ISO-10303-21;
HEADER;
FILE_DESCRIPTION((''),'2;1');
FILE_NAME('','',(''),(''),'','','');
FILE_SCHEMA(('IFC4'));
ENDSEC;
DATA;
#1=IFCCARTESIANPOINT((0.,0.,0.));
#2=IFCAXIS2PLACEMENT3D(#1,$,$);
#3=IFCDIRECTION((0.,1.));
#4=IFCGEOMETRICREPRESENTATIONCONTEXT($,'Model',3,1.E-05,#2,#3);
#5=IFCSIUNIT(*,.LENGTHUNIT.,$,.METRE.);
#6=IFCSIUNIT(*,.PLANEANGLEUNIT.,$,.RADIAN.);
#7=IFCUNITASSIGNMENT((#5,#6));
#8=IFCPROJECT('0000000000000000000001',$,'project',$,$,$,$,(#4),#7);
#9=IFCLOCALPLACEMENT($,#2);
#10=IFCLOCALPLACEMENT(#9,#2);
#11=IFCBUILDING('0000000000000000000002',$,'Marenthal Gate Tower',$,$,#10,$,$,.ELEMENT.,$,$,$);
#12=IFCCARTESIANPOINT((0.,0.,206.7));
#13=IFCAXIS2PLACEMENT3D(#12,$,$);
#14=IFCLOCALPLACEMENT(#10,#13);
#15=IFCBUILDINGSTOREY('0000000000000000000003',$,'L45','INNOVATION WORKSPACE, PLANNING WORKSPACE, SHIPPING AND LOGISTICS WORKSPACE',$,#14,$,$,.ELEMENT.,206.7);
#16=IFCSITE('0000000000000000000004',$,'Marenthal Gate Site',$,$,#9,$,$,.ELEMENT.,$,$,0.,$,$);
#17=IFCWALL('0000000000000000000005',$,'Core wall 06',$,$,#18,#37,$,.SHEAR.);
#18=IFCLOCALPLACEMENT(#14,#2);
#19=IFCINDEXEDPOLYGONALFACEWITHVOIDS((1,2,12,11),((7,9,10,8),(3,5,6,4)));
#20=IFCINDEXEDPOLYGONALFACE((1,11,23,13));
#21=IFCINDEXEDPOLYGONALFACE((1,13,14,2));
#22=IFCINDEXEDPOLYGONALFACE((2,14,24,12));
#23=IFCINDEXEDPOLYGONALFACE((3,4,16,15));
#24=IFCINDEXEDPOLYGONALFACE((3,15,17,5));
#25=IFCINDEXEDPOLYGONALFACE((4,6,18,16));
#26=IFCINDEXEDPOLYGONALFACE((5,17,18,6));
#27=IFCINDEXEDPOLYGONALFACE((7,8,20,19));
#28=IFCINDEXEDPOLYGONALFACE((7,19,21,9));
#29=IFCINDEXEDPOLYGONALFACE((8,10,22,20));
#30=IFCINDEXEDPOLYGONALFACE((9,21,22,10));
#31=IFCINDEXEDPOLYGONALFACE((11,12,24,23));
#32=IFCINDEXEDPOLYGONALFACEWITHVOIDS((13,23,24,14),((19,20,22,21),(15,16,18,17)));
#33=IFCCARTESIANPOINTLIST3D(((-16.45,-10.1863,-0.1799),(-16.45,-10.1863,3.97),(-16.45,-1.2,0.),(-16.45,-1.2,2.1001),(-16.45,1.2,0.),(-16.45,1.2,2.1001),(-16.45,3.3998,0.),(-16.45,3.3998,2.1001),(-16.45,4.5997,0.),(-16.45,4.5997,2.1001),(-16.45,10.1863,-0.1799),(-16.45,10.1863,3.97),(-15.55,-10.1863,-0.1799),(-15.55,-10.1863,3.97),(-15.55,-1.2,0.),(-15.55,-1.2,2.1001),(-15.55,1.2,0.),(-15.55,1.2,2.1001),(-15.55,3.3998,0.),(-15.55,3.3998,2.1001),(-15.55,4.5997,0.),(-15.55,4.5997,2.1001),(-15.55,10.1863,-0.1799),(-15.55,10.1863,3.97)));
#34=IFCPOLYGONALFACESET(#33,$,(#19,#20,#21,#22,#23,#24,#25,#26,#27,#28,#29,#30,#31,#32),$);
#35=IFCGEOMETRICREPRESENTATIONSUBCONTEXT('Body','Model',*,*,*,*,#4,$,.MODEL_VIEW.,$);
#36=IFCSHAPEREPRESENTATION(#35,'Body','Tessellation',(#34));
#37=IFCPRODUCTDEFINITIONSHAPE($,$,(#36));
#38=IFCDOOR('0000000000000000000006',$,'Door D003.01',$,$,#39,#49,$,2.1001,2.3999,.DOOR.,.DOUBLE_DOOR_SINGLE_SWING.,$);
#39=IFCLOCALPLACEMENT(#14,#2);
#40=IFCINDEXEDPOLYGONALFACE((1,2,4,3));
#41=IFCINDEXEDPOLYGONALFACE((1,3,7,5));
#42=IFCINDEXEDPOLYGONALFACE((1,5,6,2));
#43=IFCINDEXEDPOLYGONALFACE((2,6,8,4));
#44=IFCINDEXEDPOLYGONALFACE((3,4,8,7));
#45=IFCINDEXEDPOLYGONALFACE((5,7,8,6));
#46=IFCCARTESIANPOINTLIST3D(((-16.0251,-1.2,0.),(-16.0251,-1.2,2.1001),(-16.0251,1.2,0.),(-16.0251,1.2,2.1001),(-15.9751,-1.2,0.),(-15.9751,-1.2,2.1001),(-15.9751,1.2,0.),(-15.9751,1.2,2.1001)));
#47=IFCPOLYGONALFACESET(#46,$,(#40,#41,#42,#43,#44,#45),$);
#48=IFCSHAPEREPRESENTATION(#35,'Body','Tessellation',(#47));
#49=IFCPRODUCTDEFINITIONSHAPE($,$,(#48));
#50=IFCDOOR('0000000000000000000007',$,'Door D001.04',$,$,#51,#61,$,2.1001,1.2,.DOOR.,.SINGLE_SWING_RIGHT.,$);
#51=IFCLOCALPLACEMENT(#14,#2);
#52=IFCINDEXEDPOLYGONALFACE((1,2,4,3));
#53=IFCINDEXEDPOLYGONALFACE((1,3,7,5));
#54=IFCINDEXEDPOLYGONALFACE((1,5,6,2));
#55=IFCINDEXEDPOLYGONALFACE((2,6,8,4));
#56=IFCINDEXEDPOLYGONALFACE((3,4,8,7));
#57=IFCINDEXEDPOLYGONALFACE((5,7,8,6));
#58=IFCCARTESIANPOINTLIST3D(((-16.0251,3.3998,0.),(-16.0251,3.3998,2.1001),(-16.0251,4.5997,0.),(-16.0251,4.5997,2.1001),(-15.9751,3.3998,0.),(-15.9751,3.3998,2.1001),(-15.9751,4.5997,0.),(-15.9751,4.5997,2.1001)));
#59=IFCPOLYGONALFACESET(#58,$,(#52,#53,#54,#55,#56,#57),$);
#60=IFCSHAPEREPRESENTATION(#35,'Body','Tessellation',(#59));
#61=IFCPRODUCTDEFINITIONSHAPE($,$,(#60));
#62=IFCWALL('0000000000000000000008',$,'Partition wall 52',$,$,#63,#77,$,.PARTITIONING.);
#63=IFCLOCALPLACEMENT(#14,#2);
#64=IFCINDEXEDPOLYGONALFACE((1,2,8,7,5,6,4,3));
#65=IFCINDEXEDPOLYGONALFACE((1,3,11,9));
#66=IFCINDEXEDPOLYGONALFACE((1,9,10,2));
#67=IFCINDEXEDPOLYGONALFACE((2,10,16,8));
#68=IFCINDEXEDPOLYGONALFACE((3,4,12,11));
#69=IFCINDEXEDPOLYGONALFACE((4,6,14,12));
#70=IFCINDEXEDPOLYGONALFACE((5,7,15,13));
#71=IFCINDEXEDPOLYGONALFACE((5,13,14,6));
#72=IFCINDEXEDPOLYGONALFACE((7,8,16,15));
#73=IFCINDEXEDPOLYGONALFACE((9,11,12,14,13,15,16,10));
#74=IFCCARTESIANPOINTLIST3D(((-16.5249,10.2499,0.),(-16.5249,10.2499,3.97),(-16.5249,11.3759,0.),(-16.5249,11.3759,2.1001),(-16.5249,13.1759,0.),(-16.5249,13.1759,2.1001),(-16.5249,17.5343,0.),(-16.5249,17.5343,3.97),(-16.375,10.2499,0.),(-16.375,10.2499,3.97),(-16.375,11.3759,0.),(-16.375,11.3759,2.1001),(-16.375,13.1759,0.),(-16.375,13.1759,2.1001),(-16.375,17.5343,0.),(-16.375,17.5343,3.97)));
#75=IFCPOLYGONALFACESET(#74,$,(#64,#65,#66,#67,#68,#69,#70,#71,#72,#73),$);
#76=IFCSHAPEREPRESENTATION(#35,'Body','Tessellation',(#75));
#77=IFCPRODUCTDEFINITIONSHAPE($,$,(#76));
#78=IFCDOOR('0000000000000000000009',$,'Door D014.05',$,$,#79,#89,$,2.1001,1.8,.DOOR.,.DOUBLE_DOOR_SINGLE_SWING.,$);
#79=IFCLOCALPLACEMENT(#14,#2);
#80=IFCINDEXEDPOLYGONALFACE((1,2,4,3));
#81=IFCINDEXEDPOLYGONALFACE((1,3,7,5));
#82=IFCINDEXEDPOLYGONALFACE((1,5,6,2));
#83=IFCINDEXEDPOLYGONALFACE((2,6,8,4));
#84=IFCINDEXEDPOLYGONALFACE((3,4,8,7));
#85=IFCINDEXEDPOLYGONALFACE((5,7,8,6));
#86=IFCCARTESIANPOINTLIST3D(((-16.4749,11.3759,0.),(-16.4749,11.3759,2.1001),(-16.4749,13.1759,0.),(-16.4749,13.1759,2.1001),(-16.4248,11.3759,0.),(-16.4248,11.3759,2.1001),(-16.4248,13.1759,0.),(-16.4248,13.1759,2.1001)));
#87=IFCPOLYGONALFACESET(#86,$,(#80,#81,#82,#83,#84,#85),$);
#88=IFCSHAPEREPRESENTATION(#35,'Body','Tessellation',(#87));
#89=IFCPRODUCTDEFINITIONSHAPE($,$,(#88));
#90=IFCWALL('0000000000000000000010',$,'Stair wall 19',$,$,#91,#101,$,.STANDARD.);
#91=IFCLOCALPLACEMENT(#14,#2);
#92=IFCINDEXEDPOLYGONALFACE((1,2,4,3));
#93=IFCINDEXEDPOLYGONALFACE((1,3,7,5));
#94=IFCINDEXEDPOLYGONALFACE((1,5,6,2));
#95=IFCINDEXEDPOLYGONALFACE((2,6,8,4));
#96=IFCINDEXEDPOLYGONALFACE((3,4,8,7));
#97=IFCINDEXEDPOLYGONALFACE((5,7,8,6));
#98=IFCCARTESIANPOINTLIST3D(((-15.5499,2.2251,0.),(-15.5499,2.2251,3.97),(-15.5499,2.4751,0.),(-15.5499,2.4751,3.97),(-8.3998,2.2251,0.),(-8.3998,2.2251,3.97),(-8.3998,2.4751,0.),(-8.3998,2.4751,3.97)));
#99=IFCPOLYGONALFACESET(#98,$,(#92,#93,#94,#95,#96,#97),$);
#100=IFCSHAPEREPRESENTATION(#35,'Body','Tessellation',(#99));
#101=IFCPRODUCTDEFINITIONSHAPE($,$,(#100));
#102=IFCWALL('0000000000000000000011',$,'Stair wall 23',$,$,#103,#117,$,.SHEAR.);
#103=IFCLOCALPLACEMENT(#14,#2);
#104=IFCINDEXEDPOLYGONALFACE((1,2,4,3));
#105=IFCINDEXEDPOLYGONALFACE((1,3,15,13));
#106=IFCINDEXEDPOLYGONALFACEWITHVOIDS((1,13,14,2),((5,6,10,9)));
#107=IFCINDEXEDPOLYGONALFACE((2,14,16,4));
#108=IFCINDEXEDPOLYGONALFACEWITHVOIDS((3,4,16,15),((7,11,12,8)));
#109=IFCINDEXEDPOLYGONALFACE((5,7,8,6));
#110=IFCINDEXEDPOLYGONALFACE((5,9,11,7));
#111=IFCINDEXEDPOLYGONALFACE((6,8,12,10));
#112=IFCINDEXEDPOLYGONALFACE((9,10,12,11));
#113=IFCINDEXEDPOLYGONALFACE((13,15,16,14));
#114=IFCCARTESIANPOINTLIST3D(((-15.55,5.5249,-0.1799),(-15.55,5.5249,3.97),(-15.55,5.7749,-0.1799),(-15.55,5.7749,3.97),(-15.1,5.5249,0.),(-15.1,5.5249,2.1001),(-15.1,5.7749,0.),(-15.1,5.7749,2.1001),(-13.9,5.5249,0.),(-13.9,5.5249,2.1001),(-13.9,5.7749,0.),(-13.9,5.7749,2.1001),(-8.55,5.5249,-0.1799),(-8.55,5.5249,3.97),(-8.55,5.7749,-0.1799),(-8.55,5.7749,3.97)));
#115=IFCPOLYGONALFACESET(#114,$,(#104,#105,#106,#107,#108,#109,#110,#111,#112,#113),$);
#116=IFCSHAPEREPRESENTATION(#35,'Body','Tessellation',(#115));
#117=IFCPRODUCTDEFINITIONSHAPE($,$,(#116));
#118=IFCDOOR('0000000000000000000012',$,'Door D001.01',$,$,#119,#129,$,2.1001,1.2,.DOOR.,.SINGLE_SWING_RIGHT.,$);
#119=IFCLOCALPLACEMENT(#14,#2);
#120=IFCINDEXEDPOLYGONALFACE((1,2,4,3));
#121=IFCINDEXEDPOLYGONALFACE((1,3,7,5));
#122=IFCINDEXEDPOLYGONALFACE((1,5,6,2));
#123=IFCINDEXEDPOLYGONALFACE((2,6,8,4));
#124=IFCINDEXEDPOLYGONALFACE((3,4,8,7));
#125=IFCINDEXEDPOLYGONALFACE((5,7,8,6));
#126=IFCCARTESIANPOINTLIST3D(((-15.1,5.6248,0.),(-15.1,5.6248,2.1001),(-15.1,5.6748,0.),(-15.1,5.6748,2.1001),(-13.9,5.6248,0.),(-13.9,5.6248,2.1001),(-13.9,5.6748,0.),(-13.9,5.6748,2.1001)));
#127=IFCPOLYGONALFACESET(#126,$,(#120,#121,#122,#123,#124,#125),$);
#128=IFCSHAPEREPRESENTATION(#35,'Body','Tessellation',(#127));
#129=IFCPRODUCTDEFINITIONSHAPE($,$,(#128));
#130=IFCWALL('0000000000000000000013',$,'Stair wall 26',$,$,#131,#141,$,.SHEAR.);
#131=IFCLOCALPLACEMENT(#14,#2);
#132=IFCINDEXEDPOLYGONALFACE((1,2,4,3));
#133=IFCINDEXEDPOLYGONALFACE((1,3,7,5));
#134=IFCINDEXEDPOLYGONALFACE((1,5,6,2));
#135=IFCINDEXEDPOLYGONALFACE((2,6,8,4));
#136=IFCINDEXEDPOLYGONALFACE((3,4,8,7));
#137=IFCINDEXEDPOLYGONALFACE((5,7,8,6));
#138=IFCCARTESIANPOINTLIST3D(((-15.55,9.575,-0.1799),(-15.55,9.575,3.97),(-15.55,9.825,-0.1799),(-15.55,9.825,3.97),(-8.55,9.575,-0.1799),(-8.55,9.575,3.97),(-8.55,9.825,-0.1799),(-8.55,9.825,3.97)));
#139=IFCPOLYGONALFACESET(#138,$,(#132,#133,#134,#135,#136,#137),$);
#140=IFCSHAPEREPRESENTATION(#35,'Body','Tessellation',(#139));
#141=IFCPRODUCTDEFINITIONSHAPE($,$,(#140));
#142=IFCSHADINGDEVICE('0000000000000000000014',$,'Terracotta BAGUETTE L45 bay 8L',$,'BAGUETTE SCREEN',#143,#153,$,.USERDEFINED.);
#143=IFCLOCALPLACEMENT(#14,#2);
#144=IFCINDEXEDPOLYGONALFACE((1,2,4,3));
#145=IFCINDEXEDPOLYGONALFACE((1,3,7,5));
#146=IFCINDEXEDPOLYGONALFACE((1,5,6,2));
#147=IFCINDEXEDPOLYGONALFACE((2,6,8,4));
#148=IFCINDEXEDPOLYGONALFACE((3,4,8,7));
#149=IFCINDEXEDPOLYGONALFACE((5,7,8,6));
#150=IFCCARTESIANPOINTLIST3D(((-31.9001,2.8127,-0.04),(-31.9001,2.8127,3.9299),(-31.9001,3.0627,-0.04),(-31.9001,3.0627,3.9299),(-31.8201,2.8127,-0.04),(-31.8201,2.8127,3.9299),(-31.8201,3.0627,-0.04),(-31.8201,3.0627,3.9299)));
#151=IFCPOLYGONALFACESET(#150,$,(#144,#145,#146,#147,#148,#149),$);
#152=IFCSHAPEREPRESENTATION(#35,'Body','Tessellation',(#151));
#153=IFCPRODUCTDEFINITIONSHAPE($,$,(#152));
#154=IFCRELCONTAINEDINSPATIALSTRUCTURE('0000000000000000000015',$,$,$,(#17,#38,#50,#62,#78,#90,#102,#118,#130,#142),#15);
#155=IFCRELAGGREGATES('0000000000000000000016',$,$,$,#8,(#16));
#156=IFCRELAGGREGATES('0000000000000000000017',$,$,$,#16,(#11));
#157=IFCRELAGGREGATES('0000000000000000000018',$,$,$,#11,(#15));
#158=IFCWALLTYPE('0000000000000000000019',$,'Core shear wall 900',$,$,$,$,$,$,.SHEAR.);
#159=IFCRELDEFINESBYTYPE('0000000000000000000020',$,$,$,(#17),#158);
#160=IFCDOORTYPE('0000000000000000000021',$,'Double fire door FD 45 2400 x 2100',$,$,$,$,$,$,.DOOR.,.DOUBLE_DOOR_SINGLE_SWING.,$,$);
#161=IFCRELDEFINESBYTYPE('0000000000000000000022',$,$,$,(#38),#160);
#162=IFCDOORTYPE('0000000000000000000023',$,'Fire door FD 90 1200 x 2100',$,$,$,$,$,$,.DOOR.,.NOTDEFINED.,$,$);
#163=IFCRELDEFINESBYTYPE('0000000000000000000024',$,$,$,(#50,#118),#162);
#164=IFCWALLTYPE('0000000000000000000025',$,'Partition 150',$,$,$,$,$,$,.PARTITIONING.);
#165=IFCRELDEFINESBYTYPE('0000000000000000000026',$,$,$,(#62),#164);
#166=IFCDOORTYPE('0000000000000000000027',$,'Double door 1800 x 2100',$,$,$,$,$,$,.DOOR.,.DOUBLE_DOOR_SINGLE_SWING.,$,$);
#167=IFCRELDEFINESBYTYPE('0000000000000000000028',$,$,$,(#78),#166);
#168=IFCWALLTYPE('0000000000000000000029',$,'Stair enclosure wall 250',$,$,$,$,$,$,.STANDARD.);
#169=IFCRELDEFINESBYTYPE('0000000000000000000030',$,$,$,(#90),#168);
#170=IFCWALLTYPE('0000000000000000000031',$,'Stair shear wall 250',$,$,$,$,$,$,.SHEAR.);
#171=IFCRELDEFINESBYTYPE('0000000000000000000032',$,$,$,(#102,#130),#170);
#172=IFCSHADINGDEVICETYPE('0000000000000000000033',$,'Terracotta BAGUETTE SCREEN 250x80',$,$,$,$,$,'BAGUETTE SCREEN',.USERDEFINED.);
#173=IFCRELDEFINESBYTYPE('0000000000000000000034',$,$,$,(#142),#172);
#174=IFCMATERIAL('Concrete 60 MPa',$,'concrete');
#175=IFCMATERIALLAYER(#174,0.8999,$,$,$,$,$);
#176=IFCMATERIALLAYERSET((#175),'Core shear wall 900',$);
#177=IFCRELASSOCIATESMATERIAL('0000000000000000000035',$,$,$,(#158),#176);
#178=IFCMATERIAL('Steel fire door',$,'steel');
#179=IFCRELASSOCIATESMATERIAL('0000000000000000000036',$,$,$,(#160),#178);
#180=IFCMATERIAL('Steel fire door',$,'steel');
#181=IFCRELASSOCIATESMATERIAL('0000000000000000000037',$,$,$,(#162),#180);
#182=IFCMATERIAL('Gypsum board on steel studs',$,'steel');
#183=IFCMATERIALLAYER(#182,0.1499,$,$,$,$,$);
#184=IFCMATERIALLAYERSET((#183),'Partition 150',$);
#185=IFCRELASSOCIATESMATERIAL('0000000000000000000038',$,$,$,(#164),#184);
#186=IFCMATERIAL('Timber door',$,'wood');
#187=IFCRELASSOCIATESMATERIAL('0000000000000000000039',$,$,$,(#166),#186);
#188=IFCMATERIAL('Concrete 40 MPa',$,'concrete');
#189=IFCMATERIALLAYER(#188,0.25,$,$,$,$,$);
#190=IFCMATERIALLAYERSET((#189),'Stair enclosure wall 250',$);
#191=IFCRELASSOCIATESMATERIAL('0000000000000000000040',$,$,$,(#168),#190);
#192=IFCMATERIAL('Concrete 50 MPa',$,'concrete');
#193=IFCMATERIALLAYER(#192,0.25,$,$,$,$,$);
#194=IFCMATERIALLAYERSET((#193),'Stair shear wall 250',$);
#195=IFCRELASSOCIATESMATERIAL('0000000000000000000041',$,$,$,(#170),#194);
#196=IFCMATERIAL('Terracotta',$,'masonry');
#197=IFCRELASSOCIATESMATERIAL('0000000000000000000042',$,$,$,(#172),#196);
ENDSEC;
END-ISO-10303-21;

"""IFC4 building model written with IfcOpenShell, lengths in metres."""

from ifc_helpers import new_model, si_unit, direction, frame, frame_2d, origin, origin_2d, place, context, subcontext, project, spatial, rectangle, extrude, material, layer, layer_set, material_profile, profile_set, type_object, element, fill, save


model = new_model("IFC4")

# Units and contexts
model_context = context("Model", 3, precision=1e-05, world=origin(), true_north=direction((0.0, 1.0)))
body_context = subcontext(model_context, "Body", "Model", "MODEL_VIEW")
ifc_project = project(units=[si_unit("LENGTHUNIT", "METRE"), si_unit("PLANEANGLEUNIT", "RADIAN")], contexts=[model_context])

# Site, building, storey
site_placement = place(None, origin())
site = spatial("IfcSite", under=ifc_project, at=site_placement, Name="Marenthal Gate Site", CompositionType="ELEMENT", RefElevation=0.0)
building_placement = place(site_placement, origin())
building = spatial("IfcBuilding", under=site, at=building_placement, Name="Marenthal Gate Tower", CompositionType="ELEMENT")
storey_placement = place(building_placement, frame((0.0, 0.0, 206.7)))
storey = spatial("IfcBuildingStorey", under=building, at=storey_placement, Name="L45", Description="INNOVATION WORKSPACE, PLANNING WORKSPACE, SHIPPING AND LOGISTICS WORKSPACE", CompositionType="ELEMENT", Elevation=206.7)

# Wall, openings, doors
ifc_material_1 = material(Name="Concrete 60 MPa", Category="concrete")
ifc_layer_1 = layer(ifc_material_1, 0.8999)
ifc_layer_set_1 = layer_set([ifc_layer_1], Name="Core shear wall 900")
wall_type_1 = type_object("IfcWallType", Name="Core shear wall 900", PredefinedType="SHEAR", material=ifc_layer_set_1)
wall_1_placement = place(storey_placement, frame((-16.0, 10.1863, -0.1799), z_axis=(0.0, 0.0, 1.0), x_axis=(0.0, -1.0, 0.0)))
wall_1 = element("IfcWall", 1, at=wall_1_placement, inside=storey, type_object=wall_type_1, Name="Core wall 06", PredefinedType="SHEAR", context=body_context, shape_type="SweptSolid", body=[
    extrude(rectangle(XDim=20.3726, YDim=0.8999, at=frame_2d((10.1863, 0.0))), origin(), (0.0, 0.0, 1.0), 4.1499),
])
opening_1_placement = place(wall_1_placement, frame((8.9863, 0.0, 0.1799)))
opening_1 = element("IfcOpeningElement", 2, at=opening_1_placement, cuts=wall_1, PredefinedType="OPENING", context=body_context, shape_type="SweptSolid", body=[
    extrude(rectangle(XDim=2.3999, YDim=2.1001, at=frame_2d((1.2, 1.05))), frame((0.0, 0.46, 0.0), z_axis=(0.0, -1.0, 0.0), x_axis=(1.0, 0.0, 0.0)), (0.0, 0.0, 1.0), 0.9199),
])
opening_2_placement = place(wall_1_placement, frame((5.5864, 0.0, 0.1799)))
opening_2 = element("IfcOpeningElement", 3, at=opening_2_placement, cuts=wall_1, PredefinedType="OPENING", context=body_context, shape_type="SweptSolid", body=[
    extrude(rectangle(XDim=1.2, YDim=2.1001, at=frame_2d((0.6001, 1.05))), frame((0.0, 0.46, 0.0), z_axis=(0.0, -1.0, 0.0), x_axis=(1.0, 0.0, 0.0)), (0.0, 0.0, 1.0), 0.9199),
])
ifc_material_2 = material(Name="Steel fire door", Category="steel")
door_type_1 = type_object("IfcDoorType", Name="Double fire door FD 45 2400 x 2100", OperationType="DOUBLE_DOOR_SINGLE_SWING", PredefinedType="DOOR", material=ifc_material_2)
door_1_placement = place(opening_1_placement, origin())
door_1 = element("IfcDoor", 4, at=door_1_placement, inside=storey, type_object=door_type_1, Name="Door D003.01", OperationType="DOUBLE_DOOR_SINGLE_SWING", OverallHeight=2.1001, OverallWidth=2.3999, PredefinedType="DOOR", context=body_context, shape_type="SweptSolid", body=[
    extrude(rectangle(XDim=2.3999, YDim=2.1001, at=frame_2d((1.2, 1.05))), frame((0.0, 0.0249, 0.0), z_axis=(0.0, -1.0, 0.0), x_axis=(1.0, 0.0, 0.0)), (0.0, 0.0, 1.0), 0.05),
])
fill(opening_1, door_1)
ifc_material_3 = material(Name="Steel fire door", Category="steel")
door_type_2 = type_object("IfcDoorType", Name="Fire door FD 90 1200 x 2100", OperationType="NOTDEFINED", PredefinedType="DOOR", material=ifc_material_3)
door_2_placement = place(opening_2_placement, origin())
door_2 = element("IfcDoor", 5, at=door_2_placement, inside=storey, type_object=door_type_2, Name="Door D001.04", OperationType="SINGLE_SWING_RIGHT", OverallHeight=2.1001, OverallWidth=1.2, PredefinedType="DOOR", context=body_context, shape_type="SweptSolid", body=[
    extrude(rectangle(XDim=1.2, YDim=2.1001, at=frame_2d((0.6001, 1.05))), frame((0.0, 0.0249, 0.0), z_axis=(0.0, -1.0, 0.0), x_axis=(1.0, 0.0, 0.0)), (0.0, 0.0, 1.0), 0.05),
])
fill(opening_2, door_2)

# Wall, opening, door
ifc_material_4 = material(Name="Gypsum board on steel studs", Category="steel")
ifc_layer_2 = layer(ifc_material_4, 0.1499)
ifc_layer_set_2 = layer_set([ifc_layer_2], Name="Partition 150")
wall_type_2 = type_object("IfcWallType", Name="Partition 150", PredefinedType="PARTITIONING", material=ifc_layer_set_2)
wall_2_placement = place(storey_placement, frame((-16.45, 10.25, 0.0), z_axis=(0.0, 0.0, 1.0), x_axis=(0.0, 1.0, 0.0)))
wall_2 = element("IfcWall", 6, at=wall_2_placement, inside=storey, type_object=wall_type_2, Name="Partition wall 52", PredefinedType="PARTITIONING", context=body_context, shape_type="SweptSolid", body=[
    extrude(rectangle(XDim=7.2844, YDim=0.1499, at=frame_2d((3.6421, 0.0))), origin(), (0.0, 0.0, 1.0), 3.97),
])
opening_3_placement = place(wall_2_placement, frame((1.126, 0.0, 0.0)))
opening_3 = element("IfcOpeningElement", 7, at=opening_3_placement, cuts=wall_2, PredefinedType="OPENING", context=body_context, shape_type="SweptSolid", body=[
    extrude(rectangle(XDim=1.8, YDim=2.1001, at=frame_2d((0.8999, 1.05))), frame((0.0, 0.085, 0.0), z_axis=(0.0, -1.0, 0.0), x_axis=(1.0, 0.0, 0.0)), (0.0, 0.0, 1.0), 0.1699),
])
ifc_material_5 = material(Name="Timber door", Category="wood")
door_type_3 = type_object("IfcDoorType", Name="Double door 1800 x 2100", OperationType="DOUBLE_DOOR_SINGLE_SWING", PredefinedType="DOOR", material=ifc_material_5)
door_3_placement = place(opening_3_placement, origin())
door_3 = element("IfcDoor", 8, at=door_3_placement, inside=storey, type_object=door_type_3, Name="Door D014.05", OperationType="DOUBLE_DOOR_SINGLE_SWING", OverallHeight=2.1001, OverallWidth=1.8, PredefinedType="DOOR", context=body_context, shape_type="SweptSolid", body=[
    extrude(rectangle(XDim=1.8, YDim=2.1001, at=frame_2d((0.8999, 1.05))), frame((0.0, 0.0249, 0.0), z_axis=(0.0, -1.0, 0.0), x_axis=(1.0, 0.0, 0.0)), (0.0, 0.0, 1.0), 0.05),
])
fill(opening_3, door_3)

# Wall
ifc_material_6 = material(Name="Concrete 40 MPa", Category="concrete")
ifc_layer_3 = layer(ifc_material_6, 0.25)
ifc_layer_set_3 = layer_set([ifc_layer_3], Name="Stair enclosure wall 250")
wall_type_3 = type_object("IfcWallType", Name="Stair enclosure wall 250", PredefinedType="STANDARD", material=ifc_layer_set_3)
wall_3_placement = place(storey_placement, frame((-15.55, 2.3501, 0.0), z_axis=(0.0, 0.0, 1.0), x_axis=(1.0, 0.0, 0.0)))
element("IfcWall", 9, at=wall_3_placement, inside=storey, type_object=wall_type_3, Name="Stair wall 19", PredefinedType="STANDARD", context=body_context, shape_type="SweptSolid", body=[
    extrude(rectangle(XDim=7.1501, YDim=0.25, at=frame_2d((3.5752, 0.0))), origin(), (0.0, 0.0, 1.0), 3.97),
])

# Wall, opening, door
ifc_material_7 = material(Name="Concrete 50 MPa", Category="concrete")
ifc_layer_4 = layer(ifc_material_7, 0.25)
ifc_layer_set_4 = layer_set([ifc_layer_4], Name="Stair shear wall 250")
wall_type_4 = type_object("IfcWallType", Name="Stair shear wall 250", PredefinedType="SHEAR", material=ifc_layer_set_4)
wall_4_placement = place(storey_placement, frame((-15.55, 5.6499, -0.1799), z_axis=(0.0, 0.0, 1.0), x_axis=(1.0, 0.0, 0.0)))
wall_4 = element("IfcWall", 10, at=wall_4_placement, inside=storey, type_object=wall_type_4, Name="Stair wall 23", PredefinedType="SHEAR", context=body_context, shape_type="SweptSolid", body=[
    extrude(rectangle(XDim=7.0, YDim=0.25, at=frame_2d((3.5, 0.0))), origin(), (0.0, 0.0, 1.0), 4.1499),
])
opening_4_placement = place(wall_4_placement, frame((0.45, 0.0, 0.1799)))
opening_4 = element("IfcOpeningElement", 11, at=opening_4_placement, cuts=wall_4, PredefinedType="OPENING", context=body_context, shape_type="SweptSolid", body=[
    extrude(rectangle(XDim=1.2, YDim=2.1001, at=frame_2d((0.6001, 1.05))), frame((0.0, 0.135, 0.0), z_axis=(0.0, -1.0, 0.0), x_axis=(1.0, 0.0, 0.0)), (0.0, 0.0, 1.0), 0.27),
])
door_4_placement = place(opening_4_placement, origin())
door_4 = element("IfcDoor", 12, at=door_4_placement, inside=storey, type_object=door_type_2, Name="Door D001.01", OperationType="SINGLE_SWING_RIGHT", OverallHeight=2.1001, OverallWidth=1.2, PredefinedType="DOOR", context=body_context, shape_type="SweptSolid", body=[
    extrude(rectangle(XDim=1.2, YDim=2.1001, at=frame_2d((0.6001, 1.05))), frame((0.0, 0.0249, 0.0), z_axis=(0.0, -1.0, 0.0), x_axis=(1.0, 0.0, 0.0)), (0.0, 0.0, 1.0), 0.05),
])
fill(opening_4, door_4)

# Wall
wall_5_placement = place(storey_placement, frame((-15.55, 9.7, -0.1799), z_axis=(0.0, 0.0, 1.0), x_axis=(1.0, 0.0, 0.0)))
element("IfcWall", 13, at=wall_5_placement, inside=storey, type_object=wall_type_4, Name="Stair wall 26", PredefinedType="SHEAR", context=body_context, shape_type="SweptSolid", body=[
    extrude(rectangle(XDim=7.0, YDim=0.25, at=frame_2d((3.5, 0.0))), origin(), (0.0, 0.0, 1.0), 4.1499),
])

# Shading device
ifc_material_8 = material(Name="Terracotta", Category="masonry")
ifc_material_profile_1 = material_profile(ifc_material_8, rectangle(XDim=0.25, YDim=0.0801, at=origin_2d()), Name="Terracotta baguette 250x80")
ifc_profile_set_1 = profile_set([ifc_material_profile_1], Name="Terracotta")
shading_device_type = type_object("IfcShadingDeviceType", Name="Terracotta BAGUETTE SCREEN 250x80", ElementType="BAGUETTE SCREEN", PredefinedType="USERDEFINED", material=ifc_profile_set_1)
shading_device_placement = place(storey_placement, frame((-31.8601, 2.9377, -0.04), z_axis=(0.0, 0.0, 1.0), x_axis=(0.0, -1.0, 0.0)))
element("IfcShadingDevice", 14, at=shading_device_placement, inside=storey, type_object=shading_device_type, Name="Terracotta BAGUETTE L45 bay 8L", ObjectType="BAGUETTE SCREEN", PredefinedType="USERDEFINED", context=body_context, shape_type="SweptSolid", body=[
    extrude(rectangle(XDim=0.25, YDim=0.0801, at=origin_2d()), origin(), (0.0, 0.0, 1.0), 3.97),
])

save(model, "model.ifc")
